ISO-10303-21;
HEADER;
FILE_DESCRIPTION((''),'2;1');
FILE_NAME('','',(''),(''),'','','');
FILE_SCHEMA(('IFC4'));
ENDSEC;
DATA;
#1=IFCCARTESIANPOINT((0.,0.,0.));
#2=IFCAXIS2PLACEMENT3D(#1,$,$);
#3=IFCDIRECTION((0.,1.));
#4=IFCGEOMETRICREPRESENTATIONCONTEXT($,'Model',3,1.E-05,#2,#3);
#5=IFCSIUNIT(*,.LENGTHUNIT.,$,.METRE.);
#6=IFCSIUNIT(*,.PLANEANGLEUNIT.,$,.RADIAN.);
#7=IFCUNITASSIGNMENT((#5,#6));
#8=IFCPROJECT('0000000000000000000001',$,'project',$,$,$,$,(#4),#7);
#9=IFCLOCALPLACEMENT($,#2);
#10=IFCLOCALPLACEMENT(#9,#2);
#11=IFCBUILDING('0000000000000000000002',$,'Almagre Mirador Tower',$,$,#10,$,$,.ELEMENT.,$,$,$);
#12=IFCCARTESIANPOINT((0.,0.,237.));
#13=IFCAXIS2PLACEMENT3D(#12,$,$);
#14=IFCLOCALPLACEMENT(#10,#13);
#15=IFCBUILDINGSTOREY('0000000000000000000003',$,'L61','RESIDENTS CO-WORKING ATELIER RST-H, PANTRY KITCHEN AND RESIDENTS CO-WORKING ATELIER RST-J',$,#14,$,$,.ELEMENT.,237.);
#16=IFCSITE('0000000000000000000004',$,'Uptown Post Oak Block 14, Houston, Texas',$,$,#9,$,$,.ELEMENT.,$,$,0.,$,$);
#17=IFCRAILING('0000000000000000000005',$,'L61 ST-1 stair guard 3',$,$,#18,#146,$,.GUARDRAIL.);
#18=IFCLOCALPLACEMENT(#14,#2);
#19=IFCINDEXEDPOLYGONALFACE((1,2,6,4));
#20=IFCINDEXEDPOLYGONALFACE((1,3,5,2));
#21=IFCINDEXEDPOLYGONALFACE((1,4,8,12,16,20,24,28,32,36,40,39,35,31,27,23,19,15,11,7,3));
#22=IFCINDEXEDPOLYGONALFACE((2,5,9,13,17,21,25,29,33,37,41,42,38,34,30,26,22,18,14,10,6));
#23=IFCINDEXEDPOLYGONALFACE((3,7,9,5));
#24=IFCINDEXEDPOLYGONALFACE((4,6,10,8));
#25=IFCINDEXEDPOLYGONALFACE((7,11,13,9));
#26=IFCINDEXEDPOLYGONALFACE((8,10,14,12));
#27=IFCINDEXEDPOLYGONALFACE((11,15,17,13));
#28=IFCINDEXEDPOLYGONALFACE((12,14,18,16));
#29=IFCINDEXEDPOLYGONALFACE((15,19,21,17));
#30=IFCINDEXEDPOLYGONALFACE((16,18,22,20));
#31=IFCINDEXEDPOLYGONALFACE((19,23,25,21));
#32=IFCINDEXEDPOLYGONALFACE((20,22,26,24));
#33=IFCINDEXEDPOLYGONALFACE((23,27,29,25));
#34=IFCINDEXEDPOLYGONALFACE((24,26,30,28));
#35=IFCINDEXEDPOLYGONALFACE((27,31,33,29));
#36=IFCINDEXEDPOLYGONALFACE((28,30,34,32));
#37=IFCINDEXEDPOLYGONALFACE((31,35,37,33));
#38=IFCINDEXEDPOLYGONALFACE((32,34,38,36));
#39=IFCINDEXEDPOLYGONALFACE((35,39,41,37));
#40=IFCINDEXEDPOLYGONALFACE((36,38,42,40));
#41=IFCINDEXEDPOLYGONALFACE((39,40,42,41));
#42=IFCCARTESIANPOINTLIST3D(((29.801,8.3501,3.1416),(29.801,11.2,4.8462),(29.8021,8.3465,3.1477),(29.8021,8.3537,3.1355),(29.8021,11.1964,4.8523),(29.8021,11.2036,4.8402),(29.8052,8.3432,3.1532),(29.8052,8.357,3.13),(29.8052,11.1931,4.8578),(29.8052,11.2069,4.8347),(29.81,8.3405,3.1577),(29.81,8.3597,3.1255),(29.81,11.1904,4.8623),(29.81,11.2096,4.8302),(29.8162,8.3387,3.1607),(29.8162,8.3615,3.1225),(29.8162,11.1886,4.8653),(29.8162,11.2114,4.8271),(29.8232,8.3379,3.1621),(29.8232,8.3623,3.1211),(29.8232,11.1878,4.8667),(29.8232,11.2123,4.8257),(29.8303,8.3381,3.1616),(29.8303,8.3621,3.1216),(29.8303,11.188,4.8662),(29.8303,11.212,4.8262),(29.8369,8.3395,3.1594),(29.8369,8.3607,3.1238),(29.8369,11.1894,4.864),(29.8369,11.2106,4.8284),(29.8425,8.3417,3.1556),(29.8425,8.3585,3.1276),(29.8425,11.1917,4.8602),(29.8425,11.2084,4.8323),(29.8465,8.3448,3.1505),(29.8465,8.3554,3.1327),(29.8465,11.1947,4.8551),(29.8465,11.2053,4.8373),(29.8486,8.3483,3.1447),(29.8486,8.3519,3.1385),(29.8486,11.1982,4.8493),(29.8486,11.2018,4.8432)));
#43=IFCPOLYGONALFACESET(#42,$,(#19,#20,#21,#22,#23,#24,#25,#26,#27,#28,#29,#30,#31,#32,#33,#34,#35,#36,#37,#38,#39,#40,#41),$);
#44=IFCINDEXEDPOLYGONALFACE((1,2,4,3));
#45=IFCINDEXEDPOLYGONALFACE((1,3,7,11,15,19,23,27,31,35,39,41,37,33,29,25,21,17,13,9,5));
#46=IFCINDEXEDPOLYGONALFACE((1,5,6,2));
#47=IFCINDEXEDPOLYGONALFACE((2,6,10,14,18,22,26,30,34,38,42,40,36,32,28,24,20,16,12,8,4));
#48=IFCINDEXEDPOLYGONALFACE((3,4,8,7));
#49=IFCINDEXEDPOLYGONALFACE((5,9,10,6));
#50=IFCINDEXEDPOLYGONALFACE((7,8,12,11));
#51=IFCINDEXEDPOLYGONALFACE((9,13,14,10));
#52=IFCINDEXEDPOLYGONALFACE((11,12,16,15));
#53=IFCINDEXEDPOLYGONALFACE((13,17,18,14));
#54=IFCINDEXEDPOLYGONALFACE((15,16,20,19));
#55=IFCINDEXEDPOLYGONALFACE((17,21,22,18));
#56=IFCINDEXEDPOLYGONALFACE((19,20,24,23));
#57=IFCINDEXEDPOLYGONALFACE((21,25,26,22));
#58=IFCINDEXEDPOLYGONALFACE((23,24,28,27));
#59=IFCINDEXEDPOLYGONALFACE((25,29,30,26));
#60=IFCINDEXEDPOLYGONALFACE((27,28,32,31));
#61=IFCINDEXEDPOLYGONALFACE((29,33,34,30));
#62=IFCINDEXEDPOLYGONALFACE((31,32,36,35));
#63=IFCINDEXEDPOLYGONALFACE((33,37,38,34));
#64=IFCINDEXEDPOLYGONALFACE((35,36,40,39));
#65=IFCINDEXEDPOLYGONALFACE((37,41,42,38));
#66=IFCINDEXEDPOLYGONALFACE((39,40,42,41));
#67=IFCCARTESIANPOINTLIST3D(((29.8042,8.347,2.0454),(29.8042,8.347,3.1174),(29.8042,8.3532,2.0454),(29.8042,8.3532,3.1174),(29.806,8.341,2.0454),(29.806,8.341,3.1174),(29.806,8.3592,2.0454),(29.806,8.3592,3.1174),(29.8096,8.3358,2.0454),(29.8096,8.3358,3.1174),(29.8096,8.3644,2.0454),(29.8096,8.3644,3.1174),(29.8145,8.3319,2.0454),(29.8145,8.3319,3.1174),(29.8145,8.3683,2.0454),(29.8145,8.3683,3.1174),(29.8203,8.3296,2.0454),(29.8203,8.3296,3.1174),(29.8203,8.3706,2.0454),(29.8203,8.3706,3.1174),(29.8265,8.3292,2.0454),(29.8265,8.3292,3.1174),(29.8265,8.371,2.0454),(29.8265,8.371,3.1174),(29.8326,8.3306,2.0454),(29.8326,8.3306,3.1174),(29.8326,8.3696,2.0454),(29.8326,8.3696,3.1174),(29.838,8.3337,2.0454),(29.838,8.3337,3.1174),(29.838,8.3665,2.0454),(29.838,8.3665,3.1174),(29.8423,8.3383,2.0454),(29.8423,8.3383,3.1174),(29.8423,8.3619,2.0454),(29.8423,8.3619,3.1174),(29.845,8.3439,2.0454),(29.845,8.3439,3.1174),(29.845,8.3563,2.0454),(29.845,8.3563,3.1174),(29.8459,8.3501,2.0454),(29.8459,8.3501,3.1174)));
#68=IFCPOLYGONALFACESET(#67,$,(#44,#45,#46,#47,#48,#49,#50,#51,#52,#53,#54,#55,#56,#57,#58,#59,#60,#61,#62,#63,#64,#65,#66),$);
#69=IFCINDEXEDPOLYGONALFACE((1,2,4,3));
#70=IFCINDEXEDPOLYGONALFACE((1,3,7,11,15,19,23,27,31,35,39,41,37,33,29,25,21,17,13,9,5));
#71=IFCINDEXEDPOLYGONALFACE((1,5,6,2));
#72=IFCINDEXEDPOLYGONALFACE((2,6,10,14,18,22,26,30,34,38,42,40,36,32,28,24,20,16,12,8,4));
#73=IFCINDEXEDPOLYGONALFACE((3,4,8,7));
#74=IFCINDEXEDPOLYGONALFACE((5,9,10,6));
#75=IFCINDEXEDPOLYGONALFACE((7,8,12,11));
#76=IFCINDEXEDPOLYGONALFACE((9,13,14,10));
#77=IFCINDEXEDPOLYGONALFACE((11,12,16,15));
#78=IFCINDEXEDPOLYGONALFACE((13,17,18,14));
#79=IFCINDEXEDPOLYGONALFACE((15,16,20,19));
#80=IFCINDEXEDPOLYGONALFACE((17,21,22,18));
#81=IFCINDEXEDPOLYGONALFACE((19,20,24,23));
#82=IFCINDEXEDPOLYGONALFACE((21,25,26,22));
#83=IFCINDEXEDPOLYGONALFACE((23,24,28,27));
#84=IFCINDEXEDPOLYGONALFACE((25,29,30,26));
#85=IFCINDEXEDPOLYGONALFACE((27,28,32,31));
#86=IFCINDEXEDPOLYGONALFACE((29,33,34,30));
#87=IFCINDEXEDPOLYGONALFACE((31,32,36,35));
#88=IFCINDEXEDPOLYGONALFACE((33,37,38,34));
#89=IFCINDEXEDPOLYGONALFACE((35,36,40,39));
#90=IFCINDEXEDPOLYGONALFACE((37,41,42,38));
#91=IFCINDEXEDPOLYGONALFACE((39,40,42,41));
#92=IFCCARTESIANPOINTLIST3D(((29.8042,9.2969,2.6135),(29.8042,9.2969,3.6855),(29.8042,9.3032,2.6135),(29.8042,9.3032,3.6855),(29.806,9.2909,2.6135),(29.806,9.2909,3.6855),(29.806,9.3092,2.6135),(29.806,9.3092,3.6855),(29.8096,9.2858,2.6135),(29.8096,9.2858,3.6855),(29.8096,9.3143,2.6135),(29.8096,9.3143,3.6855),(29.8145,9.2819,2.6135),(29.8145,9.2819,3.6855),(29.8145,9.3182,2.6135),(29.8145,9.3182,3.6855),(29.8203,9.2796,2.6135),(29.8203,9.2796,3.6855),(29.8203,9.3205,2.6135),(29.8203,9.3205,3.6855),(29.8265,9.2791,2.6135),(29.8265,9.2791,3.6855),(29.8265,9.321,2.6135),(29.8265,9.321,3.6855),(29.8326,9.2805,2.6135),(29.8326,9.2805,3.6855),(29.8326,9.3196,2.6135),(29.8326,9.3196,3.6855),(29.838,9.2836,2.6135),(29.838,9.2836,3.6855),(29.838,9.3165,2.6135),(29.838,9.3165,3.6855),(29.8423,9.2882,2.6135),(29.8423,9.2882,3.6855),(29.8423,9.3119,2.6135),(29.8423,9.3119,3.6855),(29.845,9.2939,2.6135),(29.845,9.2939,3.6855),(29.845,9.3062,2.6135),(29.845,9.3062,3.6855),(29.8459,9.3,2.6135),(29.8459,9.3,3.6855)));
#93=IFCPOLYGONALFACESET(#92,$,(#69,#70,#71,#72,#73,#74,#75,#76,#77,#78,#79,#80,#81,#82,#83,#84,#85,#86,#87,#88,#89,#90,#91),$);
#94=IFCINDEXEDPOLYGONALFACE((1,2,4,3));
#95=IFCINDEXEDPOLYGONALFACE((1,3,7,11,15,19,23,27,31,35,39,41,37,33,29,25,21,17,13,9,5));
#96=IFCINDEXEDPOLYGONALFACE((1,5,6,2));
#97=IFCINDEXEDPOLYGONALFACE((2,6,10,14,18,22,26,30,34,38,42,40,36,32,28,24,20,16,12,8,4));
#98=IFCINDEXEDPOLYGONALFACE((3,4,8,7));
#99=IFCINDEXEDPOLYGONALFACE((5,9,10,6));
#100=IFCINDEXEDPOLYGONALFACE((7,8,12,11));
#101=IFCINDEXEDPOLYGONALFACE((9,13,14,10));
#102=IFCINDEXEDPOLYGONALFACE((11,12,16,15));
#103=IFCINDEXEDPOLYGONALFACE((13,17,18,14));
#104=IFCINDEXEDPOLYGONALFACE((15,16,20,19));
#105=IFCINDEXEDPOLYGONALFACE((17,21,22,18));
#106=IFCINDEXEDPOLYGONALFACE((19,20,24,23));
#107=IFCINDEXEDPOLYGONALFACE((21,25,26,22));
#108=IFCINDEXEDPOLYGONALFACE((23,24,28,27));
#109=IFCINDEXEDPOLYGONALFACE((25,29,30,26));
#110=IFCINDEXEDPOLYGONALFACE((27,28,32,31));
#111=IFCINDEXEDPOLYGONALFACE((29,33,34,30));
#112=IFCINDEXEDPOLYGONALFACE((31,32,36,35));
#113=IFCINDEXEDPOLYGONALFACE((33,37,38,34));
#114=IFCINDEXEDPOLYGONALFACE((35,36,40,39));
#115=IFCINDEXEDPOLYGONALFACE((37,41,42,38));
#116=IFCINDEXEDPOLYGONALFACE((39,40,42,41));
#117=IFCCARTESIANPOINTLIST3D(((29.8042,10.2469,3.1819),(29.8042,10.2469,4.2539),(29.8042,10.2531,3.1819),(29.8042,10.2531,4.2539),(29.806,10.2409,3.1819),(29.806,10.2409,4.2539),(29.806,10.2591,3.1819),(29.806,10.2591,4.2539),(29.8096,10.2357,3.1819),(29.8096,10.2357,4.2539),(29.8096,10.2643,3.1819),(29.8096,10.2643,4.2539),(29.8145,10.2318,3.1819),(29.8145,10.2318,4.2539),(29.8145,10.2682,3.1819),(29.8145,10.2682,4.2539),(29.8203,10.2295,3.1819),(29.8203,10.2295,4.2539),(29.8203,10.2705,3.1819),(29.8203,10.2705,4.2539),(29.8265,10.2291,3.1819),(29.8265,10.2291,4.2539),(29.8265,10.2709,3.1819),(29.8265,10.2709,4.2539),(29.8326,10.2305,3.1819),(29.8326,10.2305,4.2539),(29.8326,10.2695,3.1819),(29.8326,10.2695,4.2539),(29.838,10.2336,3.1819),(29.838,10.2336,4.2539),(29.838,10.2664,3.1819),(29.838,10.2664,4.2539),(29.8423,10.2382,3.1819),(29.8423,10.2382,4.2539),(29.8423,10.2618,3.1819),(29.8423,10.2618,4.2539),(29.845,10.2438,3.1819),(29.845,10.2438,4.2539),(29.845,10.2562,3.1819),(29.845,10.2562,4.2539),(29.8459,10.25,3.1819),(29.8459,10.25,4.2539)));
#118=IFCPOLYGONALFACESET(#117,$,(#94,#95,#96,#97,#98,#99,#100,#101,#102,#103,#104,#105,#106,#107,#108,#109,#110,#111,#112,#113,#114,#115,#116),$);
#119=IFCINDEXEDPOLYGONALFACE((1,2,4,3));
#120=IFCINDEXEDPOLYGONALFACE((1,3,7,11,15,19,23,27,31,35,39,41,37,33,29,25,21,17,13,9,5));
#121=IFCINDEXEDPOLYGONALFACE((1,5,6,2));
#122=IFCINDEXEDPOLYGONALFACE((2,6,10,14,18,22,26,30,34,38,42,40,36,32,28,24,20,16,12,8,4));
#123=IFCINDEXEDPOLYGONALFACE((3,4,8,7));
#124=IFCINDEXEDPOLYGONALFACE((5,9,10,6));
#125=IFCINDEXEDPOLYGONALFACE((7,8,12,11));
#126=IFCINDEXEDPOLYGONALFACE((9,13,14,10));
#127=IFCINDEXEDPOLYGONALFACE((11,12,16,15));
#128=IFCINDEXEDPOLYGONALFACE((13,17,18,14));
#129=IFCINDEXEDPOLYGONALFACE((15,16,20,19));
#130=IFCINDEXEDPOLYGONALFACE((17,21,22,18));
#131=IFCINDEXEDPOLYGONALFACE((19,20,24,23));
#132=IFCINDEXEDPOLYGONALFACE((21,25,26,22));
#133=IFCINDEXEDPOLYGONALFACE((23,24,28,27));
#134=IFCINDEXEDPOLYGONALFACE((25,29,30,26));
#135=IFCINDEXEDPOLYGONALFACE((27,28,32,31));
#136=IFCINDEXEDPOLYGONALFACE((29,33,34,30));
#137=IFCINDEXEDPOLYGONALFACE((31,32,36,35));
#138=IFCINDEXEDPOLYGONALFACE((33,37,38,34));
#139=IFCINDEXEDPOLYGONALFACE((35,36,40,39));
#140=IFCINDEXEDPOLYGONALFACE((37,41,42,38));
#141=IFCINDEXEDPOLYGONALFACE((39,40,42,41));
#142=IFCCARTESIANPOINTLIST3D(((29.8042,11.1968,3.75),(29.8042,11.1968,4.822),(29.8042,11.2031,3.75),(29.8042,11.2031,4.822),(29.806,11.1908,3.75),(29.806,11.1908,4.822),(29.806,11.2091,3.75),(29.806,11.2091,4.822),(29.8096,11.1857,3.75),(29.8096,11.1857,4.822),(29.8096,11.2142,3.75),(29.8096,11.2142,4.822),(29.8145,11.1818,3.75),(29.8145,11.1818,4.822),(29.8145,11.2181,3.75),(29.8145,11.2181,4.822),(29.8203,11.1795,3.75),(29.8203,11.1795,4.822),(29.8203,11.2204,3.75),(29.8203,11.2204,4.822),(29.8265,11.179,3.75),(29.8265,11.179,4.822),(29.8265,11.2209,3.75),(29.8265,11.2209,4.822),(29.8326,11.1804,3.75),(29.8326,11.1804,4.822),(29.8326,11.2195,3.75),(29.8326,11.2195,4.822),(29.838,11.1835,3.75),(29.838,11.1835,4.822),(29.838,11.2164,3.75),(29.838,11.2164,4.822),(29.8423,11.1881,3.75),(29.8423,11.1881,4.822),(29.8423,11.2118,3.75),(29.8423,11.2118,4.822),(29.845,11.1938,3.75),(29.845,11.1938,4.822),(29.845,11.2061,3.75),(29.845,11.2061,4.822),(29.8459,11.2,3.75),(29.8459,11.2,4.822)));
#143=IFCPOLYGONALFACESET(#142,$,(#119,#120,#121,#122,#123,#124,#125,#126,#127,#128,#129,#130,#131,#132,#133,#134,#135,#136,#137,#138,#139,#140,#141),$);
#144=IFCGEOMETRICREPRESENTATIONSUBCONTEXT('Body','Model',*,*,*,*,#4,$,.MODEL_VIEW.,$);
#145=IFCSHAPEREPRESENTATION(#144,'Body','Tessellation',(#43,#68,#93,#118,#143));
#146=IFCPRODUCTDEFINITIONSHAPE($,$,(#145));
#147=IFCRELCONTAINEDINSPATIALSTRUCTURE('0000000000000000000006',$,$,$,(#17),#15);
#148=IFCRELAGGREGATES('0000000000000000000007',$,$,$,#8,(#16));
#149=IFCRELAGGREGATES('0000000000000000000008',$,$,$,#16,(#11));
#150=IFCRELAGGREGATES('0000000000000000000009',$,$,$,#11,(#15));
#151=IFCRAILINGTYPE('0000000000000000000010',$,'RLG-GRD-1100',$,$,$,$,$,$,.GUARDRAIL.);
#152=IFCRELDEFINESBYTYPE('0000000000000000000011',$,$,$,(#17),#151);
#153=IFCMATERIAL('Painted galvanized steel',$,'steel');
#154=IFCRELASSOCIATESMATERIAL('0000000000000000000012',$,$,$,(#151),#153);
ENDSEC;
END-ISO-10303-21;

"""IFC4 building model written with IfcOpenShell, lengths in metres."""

from ifc_helpers import new_model, si_unit, direction, frame, origin, origin_2d, place, context, subcontext, project, spatial, circle, extrude, material, type_object, element, save


model = new_model("IFC4")

# Units and contexts
model_context = context("Model", 3, precision=1e-05, world=origin(), true_north=direction((0.0, 1.0)))
body_context = subcontext(model_context, "Body", "Model", "MODEL_VIEW")
ifc_project = project(units=[si_unit("LENGTHUNIT", "METRE"), si_unit("PLANEANGLEUNIT", "RADIAN")], contexts=[model_context])

# Site, building, storey
site_placement = place(None, origin())
site = spatial("IfcSite", under=ifc_project, at=site_placement, Name="Uptown Post Oak Block 14, Houston, Texas", CompositionType="ELEMENT", RefElevation=0.0)
building_placement = place(site_placement, origin())
building = spatial("IfcBuilding", under=site, at=building_placement, Name="Almagre Mirador Tower", CompositionType="ELEMENT")
storey_placement = place(building_placement, frame((0.0, 0.0, 237.0)))
storey = spatial("IfcBuildingStorey", under=building, at=storey_placement, Name="L61", Description="RESIDENTS CO-WORKING ATELIER RST-H, PANTRY KITCHEN AND RESIDENTS CO-WORKING ATELIER RST-J", CompositionType="ELEMENT", Elevation=237.0)

# Railing
ifc_material_1 = material(Name="Painted galvanized steel", Category="steel")
railing_type_1 = type_object("IfcRailingType", Name="RLG-GRD-1100", PredefinedType="GUARDRAIL", material=ifc_material_1)
railing_1_placement = place(storey_placement, frame((29.825, 8.3501, 2.0454)))
element("IfcRailing", 1, at=railing_1_placement, inside=storey, type_object=railing_type_1, Name="L61 ST-1 stair guard 3", PredefinedType="GUARDRAIL", context=body_context, shape_type="SweptSolid", body=[
    extrude(circle(Radius=0.0239, at=origin_2d()), frame((0.0, 0.0, 1.0962), z_axis=(0.0, 0.858199, 0.513317), x_axis=(-1.0, 0.0, 0.0)), (0.0, 0.0, 1.0), 3.3208),
    extrude(circle(Radius=0.021, at=origin_2d()), origin(), (0.0, 0.0, 1.0), 1.072),
    extrude(circle(Radius=0.021, at=origin_2d()), frame((0.0, 0.95, 0.5681)), (0.0, 0.0, 1.0), 1.072),
    extrude(circle(Radius=0.021, at=origin_2d()), frame((0.0, 1.8999, 1.1365)), (0.0, 0.0, 1.0), 1.072),
    extrude(circle(Radius=0.021, at=origin_2d()), frame((0.0, 2.8499, 1.7046)), (0.0, 0.0, 1.0), 1.072),
])

save(model, "model.ifc")
